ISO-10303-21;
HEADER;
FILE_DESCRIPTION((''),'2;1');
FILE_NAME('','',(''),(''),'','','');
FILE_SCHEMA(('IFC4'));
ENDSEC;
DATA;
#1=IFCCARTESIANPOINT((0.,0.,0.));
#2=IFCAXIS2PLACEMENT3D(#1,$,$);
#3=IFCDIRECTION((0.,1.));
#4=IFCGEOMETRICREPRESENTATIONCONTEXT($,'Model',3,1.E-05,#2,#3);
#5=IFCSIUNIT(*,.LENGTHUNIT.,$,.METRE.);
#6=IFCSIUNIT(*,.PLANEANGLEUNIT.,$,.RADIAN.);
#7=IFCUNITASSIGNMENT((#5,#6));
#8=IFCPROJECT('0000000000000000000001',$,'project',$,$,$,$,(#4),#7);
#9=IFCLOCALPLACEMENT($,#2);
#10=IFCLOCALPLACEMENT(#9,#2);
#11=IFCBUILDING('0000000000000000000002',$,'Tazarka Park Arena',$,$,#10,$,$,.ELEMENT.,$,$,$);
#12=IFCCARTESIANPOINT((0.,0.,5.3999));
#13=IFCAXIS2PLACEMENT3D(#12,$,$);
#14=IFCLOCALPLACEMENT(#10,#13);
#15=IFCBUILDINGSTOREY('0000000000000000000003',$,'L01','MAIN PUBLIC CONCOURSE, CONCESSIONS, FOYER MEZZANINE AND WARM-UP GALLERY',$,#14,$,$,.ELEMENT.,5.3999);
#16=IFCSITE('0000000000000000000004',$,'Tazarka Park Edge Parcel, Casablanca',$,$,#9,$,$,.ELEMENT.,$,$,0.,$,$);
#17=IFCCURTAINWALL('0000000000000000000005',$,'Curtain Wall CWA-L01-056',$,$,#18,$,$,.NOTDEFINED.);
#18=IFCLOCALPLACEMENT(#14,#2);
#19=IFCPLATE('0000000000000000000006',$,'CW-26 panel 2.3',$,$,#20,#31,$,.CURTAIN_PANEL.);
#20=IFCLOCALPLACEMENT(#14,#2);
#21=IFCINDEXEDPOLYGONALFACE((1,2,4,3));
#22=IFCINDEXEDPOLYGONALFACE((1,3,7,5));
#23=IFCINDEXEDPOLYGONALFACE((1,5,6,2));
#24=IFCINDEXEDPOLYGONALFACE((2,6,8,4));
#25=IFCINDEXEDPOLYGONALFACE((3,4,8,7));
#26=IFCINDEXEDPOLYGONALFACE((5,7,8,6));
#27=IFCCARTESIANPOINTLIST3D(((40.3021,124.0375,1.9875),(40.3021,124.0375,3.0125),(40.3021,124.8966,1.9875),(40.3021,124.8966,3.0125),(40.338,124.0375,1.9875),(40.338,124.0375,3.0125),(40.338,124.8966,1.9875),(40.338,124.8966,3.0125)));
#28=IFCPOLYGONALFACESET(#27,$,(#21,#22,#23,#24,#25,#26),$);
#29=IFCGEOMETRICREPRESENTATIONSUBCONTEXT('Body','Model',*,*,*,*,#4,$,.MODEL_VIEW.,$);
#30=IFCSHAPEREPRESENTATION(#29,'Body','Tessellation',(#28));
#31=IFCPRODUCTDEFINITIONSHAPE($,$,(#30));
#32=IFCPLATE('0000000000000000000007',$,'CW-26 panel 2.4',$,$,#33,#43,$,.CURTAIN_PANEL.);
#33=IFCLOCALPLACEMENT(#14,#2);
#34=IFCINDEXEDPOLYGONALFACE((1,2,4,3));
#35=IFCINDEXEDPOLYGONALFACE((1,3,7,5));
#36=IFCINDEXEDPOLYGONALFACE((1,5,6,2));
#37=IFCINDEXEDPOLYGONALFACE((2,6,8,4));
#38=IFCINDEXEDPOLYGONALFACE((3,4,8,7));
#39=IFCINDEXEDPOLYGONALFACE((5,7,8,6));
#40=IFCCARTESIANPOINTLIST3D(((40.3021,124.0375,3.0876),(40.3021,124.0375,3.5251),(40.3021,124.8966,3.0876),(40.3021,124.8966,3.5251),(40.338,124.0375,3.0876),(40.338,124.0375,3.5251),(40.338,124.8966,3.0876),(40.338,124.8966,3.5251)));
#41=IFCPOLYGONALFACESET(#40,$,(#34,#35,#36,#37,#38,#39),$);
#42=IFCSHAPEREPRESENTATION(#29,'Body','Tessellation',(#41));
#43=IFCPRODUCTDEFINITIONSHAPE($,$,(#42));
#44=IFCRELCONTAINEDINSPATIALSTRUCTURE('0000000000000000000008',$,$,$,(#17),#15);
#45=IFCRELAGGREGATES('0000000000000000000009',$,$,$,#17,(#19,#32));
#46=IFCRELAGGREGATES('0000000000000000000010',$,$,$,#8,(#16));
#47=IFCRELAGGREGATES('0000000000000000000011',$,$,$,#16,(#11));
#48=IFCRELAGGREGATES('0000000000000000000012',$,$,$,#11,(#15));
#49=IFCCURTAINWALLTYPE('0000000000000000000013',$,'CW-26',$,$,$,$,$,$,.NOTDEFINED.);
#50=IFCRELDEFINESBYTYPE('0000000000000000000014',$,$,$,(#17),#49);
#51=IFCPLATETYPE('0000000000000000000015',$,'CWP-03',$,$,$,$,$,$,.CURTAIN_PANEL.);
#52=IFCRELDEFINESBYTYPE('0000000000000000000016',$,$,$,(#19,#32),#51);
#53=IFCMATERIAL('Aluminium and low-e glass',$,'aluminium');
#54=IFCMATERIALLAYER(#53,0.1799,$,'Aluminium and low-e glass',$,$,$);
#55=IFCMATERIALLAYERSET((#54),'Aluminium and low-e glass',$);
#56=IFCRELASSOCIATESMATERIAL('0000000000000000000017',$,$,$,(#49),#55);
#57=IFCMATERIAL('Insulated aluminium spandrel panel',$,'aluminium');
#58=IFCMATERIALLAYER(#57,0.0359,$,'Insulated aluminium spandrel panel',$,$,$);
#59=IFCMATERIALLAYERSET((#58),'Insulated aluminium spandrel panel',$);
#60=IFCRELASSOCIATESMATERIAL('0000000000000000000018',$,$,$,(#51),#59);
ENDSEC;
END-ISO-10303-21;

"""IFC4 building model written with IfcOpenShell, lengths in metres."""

from ifc_helpers import new_model, si_unit, direction, frame, origin, origin_2d, place, context, subcontext, project, spatial, rectangle, extrude, material, layer, layer_set, type_object, element, aggregate, save


model = new_model("IFC4")

# Units and contexts
model_context = context("Model", 3, precision=1e-05, world=origin(), true_north=direction((0.0, 1.0)))
body_context = subcontext(model_context, "Body", "Model", "MODEL_VIEW")
ifc_project = project(units=[si_unit("LENGTHUNIT", "METRE"), si_unit("PLANEANGLEUNIT", "RADIAN")], contexts=[model_context])

# Site, building, storey
site_placement = place(None, origin())
site = spatial("IfcSite", under=ifc_project, at=site_placement, Name="Tazarka Park Edge Parcel, Casablanca", CompositionType="ELEMENT", RefElevation=0.0)
building_placement = place(site_placement, origin())
building = spatial("IfcBuilding", under=site, at=building_placement, Name="Tazarka Park Arena", CompositionType="ELEMENT")
storey_placement = place(building_placement, frame((0.0, 0.0, 5.3999)))
storey = spatial("IfcBuildingStorey", under=building, at=storey_placement, Name="L01", Description="MAIN PUBLIC CONCOURSE, CONCESSIONS, FOYER MEZZANINE AND WARM-UP GALLERY", CompositionType="ELEMENT", Elevation=5.3999)

# Curtain wall
ifc_material_1 = material(Name="Aluminium and low-e glass", Category="aluminium")
ifc_layer_1 = layer(ifc_material_1, 0.1799, Name="Aluminium and low-e glass")
ifc_layer_set_1 = layer_set([ifc_layer_1], Name="Aluminium and low-e glass")
curtain_wall_type_1 = type_object("IfcCurtainWallType", Name="CW-26", PredefinedType="NOTDEFINED", material=ifc_layer_set_1)
curtain_wall_1_placement = place(storey_placement, origin())
curtain_wall_1 = element("IfcCurtainWall", 1, at=curtain_wall_1_placement, inside=storey, type_object=curtain_wall_type_1, Name="Curtain Wall CWA-L01-056", PredefinedType="NOTDEFINED")

# Plates
ifc_material_2 = material(Name="Insulated aluminium spandrel panel", Category="aluminium")
ifc_layer_2 = layer(ifc_material_2, 0.0359, Name="Insulated aluminium spandrel panel")
ifc_layer_set_2 = layer_set([ifc_layer_2], Name="Insulated aluminium spandrel panel")
plate_type_1 = type_object("IfcPlateType", Name="CWP-03", PredefinedType="CURTAIN_PANEL", material=ifc_layer_set_2)
plate_1_placement = place(storey_placement, frame((40.3201, 124.467, 1.9875), z_axis=(0.0, 0.0, 1.0), x_axis=(0.0, 1.0, 0.0)))
plate_1 = element("IfcPlate", 2, at=plate_1_placement, type_object=plate_type_1, Name="CW-26 panel 2.3", PredefinedType="CURTAIN_PANEL", context=body_context, shape_type="SweptSolid", body=[
    extrude(rectangle(XDim=0.8591, YDim=0.0359, at=origin_2d()), origin(), (0.0, 0.0, 1.0), 1.0249),
])
plate_2_placement = place(storey_placement, frame((40.3201, 124.467, 3.0876), z_axis=(0.0, 0.0, 1.0), x_axis=(0.0, 1.0, 0.0)))
plate_2 = element("IfcPlate", 3, at=plate_2_placement, type_object=plate_type_1, Name="CW-26 panel 2.4", PredefinedType="CURTAIN_PANEL", context=body_context, shape_type="SweptSolid", body=[
    extrude(rectangle(XDim=0.8591, YDim=0.0359, at=origin_2d()), origin(), (0.0, 0.0, 1.0), 0.4375),
])
aggregate(curtain_wall_1, [plate_1, plate_2])

save(model, "model.ifc")
